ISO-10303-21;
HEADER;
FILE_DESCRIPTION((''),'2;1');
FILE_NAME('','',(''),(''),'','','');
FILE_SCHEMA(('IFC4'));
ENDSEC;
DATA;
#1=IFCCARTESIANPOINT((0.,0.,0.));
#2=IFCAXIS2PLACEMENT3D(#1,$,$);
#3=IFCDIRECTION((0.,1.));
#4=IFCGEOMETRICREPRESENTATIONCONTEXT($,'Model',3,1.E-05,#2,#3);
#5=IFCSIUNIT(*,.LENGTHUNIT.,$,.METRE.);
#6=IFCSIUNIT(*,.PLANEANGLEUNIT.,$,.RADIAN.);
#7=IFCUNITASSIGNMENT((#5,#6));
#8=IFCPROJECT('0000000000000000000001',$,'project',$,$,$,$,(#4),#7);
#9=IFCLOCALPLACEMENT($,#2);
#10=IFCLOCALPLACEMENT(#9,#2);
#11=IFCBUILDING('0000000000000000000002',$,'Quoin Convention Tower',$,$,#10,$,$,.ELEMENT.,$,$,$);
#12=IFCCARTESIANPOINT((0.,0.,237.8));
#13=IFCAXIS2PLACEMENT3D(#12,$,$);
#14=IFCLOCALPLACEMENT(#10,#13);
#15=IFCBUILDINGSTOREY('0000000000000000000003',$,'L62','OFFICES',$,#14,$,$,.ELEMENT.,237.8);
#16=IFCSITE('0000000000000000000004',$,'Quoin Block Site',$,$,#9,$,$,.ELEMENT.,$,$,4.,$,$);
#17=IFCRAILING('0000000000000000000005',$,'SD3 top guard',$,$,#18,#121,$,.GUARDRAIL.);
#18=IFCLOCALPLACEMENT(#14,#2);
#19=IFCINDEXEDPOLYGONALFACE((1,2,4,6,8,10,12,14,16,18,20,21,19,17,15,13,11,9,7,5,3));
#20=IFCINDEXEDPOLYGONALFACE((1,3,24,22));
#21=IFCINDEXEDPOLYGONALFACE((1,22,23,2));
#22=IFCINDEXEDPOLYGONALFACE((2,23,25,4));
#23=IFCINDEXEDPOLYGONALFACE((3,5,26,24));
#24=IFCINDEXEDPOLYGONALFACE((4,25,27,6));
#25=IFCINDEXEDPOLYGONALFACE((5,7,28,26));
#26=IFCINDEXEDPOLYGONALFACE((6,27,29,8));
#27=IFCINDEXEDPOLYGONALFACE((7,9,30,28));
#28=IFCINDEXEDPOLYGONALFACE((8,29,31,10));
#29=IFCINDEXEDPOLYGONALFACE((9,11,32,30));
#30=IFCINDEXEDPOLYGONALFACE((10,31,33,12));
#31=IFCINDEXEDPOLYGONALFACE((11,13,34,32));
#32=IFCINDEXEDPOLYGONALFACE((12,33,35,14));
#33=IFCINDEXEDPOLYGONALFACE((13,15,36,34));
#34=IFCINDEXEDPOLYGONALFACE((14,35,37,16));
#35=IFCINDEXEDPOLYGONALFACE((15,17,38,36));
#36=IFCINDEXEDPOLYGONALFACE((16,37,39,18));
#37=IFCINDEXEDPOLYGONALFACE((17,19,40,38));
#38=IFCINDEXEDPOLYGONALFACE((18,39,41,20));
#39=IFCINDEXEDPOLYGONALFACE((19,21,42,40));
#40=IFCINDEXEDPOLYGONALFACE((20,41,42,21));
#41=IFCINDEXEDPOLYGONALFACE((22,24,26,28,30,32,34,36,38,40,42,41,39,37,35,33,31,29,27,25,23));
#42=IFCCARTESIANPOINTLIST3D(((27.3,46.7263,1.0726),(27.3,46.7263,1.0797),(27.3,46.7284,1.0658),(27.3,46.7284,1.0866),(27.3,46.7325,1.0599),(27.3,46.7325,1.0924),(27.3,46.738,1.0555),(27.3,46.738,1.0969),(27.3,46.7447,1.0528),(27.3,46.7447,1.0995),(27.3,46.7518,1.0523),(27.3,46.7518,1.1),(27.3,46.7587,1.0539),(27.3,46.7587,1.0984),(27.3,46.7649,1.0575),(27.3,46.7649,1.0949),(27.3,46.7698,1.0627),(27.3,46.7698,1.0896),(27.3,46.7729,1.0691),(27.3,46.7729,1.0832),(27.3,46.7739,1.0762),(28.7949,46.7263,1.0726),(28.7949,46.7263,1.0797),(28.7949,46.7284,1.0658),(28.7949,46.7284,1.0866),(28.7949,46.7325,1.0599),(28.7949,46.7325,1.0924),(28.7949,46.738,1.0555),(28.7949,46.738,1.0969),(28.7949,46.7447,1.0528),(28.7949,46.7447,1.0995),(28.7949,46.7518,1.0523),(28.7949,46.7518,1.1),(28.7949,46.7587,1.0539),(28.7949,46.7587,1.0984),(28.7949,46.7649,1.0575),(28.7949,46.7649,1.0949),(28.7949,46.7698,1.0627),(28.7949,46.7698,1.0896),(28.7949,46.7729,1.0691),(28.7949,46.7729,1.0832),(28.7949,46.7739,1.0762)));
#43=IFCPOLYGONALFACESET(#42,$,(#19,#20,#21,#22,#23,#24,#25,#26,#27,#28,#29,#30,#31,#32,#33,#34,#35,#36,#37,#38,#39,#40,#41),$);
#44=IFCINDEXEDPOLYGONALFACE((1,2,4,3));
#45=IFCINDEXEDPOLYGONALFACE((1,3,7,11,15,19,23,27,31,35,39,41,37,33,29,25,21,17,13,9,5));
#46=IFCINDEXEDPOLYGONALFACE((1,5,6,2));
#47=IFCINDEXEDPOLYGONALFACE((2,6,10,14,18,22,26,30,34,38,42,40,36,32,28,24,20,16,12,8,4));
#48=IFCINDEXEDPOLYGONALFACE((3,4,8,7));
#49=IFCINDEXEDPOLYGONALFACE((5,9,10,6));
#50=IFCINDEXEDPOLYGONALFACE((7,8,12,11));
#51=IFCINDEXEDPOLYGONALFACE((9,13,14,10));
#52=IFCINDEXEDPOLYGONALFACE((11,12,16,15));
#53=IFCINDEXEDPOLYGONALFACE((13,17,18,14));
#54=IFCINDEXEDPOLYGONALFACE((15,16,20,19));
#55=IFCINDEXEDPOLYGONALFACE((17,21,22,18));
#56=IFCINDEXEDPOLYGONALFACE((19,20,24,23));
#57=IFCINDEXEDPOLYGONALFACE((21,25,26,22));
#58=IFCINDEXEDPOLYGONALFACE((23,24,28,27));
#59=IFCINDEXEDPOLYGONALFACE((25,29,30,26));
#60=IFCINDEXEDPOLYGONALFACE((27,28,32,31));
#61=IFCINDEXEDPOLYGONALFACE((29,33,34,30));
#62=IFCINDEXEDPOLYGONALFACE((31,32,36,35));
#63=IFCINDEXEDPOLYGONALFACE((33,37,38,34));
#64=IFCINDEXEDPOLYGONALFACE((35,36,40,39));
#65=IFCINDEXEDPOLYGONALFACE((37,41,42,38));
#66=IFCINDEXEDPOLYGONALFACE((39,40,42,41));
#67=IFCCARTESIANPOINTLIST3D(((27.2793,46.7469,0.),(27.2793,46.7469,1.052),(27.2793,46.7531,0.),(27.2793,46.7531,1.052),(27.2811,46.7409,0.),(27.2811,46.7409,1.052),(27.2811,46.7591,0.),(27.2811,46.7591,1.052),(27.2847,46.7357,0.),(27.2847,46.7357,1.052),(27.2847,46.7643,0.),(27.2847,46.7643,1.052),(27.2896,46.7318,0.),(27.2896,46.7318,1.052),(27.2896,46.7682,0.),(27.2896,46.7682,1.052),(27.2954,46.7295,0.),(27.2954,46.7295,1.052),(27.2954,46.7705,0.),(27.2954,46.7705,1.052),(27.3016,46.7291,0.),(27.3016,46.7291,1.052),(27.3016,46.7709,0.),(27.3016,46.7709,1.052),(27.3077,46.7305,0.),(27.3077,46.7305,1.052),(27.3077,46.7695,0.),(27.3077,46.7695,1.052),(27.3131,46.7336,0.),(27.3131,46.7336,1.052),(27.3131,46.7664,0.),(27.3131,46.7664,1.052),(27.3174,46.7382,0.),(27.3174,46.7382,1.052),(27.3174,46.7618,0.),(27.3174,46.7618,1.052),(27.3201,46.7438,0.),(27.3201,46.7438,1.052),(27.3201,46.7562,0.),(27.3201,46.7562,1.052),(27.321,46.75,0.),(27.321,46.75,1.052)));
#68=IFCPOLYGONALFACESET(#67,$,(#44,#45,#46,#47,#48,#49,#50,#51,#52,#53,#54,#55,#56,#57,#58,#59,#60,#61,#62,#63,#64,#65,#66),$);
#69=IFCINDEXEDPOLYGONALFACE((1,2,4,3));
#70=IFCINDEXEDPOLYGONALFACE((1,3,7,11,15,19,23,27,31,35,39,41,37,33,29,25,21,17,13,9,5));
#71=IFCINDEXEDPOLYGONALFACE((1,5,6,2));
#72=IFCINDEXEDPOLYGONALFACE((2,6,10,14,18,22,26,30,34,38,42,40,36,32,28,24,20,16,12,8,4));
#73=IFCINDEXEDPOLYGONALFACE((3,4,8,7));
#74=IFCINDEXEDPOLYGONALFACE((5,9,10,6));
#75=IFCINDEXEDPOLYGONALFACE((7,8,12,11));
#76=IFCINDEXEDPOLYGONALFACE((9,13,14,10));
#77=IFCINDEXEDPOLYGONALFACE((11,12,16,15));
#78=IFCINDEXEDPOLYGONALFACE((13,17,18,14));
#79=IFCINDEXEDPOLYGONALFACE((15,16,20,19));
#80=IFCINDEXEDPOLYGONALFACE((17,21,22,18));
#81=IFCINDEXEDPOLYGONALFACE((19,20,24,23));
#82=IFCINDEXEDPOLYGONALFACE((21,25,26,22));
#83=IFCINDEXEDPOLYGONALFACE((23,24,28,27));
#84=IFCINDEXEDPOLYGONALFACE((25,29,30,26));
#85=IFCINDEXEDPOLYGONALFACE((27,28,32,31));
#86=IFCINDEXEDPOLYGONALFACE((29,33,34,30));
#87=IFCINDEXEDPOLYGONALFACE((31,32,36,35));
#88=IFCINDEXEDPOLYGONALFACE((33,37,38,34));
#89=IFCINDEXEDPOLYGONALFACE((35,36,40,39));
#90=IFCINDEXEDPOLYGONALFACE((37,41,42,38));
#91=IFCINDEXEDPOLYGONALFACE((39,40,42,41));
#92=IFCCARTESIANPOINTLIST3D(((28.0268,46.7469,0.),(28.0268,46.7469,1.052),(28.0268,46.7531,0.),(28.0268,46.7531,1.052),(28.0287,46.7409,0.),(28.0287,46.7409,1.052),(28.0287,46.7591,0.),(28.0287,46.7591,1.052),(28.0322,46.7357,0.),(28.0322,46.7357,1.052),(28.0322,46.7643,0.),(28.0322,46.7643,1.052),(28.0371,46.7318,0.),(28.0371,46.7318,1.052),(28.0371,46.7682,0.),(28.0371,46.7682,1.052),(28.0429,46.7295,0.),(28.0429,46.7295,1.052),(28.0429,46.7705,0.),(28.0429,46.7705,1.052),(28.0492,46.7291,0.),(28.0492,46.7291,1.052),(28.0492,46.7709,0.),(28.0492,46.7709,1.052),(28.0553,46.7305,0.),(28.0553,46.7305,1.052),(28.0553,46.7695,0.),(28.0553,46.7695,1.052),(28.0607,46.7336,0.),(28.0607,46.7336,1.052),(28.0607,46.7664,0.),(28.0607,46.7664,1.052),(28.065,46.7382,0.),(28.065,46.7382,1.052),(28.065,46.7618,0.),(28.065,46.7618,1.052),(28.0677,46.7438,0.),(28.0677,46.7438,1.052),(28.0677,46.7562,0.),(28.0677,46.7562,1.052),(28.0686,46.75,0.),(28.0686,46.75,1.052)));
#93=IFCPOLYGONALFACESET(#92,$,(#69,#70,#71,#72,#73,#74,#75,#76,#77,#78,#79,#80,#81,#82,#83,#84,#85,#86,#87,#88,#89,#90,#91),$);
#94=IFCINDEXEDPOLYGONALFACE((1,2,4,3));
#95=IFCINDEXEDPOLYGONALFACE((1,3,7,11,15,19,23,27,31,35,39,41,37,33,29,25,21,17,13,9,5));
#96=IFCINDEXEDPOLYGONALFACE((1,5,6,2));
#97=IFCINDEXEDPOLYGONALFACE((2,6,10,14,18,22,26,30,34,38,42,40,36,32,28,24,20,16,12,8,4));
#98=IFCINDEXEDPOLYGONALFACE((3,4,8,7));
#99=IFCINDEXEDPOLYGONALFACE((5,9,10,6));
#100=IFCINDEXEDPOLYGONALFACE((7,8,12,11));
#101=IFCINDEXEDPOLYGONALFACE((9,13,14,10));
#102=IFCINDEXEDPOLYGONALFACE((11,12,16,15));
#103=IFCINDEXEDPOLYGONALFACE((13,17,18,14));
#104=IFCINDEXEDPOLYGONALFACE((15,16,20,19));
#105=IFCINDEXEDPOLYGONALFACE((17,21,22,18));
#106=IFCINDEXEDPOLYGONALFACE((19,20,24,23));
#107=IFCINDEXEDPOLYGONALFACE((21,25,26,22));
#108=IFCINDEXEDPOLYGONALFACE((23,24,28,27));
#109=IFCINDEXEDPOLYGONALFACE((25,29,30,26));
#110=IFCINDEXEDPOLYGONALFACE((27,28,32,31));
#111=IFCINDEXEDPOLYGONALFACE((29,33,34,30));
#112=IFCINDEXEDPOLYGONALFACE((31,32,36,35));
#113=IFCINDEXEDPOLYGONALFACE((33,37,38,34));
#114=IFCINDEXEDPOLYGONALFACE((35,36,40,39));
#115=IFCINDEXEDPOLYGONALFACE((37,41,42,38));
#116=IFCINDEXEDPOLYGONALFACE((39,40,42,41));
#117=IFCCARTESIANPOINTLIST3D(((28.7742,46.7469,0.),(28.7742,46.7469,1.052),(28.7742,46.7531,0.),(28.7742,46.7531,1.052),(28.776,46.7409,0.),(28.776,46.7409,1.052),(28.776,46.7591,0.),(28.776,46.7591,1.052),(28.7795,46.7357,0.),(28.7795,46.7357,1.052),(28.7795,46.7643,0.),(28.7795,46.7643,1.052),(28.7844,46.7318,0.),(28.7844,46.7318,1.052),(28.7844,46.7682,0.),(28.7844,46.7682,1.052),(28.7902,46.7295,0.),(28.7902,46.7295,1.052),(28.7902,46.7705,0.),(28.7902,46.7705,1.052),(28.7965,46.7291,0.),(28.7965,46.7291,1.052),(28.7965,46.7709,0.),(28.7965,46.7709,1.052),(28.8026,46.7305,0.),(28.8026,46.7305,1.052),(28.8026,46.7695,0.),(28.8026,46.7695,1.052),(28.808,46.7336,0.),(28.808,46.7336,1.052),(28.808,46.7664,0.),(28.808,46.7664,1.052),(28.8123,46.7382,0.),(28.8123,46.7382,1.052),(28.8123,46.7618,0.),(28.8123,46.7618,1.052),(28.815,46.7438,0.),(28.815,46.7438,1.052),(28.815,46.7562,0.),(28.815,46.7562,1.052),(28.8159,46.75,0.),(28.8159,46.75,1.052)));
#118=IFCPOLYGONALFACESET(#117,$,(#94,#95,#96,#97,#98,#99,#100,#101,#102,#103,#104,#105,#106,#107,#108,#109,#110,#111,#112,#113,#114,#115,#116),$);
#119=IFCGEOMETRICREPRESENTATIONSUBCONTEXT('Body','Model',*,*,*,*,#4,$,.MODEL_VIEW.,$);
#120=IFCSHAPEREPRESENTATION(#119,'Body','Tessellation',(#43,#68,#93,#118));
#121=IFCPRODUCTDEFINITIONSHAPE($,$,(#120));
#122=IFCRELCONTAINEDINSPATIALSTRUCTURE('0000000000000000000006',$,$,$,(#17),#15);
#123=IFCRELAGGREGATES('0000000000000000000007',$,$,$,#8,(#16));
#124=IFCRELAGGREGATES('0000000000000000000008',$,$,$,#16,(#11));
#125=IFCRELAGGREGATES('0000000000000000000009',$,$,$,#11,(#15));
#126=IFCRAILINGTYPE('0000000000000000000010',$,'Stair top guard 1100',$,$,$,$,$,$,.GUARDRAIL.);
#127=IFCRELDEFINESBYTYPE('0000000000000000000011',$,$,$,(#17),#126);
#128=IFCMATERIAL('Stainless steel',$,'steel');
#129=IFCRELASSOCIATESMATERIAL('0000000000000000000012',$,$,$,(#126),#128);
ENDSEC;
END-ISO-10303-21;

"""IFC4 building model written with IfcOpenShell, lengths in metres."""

from ifc_helpers import new_model, si_unit, direction, frame, origin, origin_2d, place, context, subcontext, project, spatial, circle, extrude, material, type_object, element, save


model = new_model("IFC4")

# Units and contexts
model_context = context("Model", 3, precision=1e-05, world=origin(), true_north=direction((0.0, 1.0)))
body_context = subcontext(model_context, "Body", "Model", "MODEL_VIEW")
ifc_project = project(units=[si_unit("LENGTHUNIT", "METRE"), si_unit("PLANEANGLEUNIT", "RADIAN")], contexts=[model_context])

# Site, building, storey
site_placement = place(None, origin())
site = spatial("IfcSite", under=ifc_project, at=site_placement, Name="Quoin Block Site", CompositionType="ELEMENT", RefElevation=4.0)
building_placement = place(site_placement, origin())
building = spatial("IfcBuilding", under=site, at=building_placement, Name="Quoin Convention Tower", CompositionType="ELEMENT")
storey_placement = place(building_placement, frame((0.0, 0.0, 237.8)))
storey = spatial("IfcBuildingStorey", under=building, at=storey_placement, Name="L62", Description="OFFICES", CompositionType="ELEMENT", Elevation=237.8)

# Railing
ifc_material_1 = material(Name="Stainless steel", Category="steel")
railing_type_1 = type_object("IfcRailingType", Name="Stair top guard 1100", PredefinedType="GUARDRAIL", material=ifc_material_1)
railing_1_placement = place(storey_placement, frame((27.3, 46.75, 0.0)))
element("IfcRailing", 1, at=railing_1_placement, inside=storey, type_object=railing_type_1, Name="SD3 top guard", PredefinedType="GUARDRAIL", context=body_context, shape_type="SweptSolid", body=[
    extrude(circle(Radius=0.0239, at=origin_2d()), frame((0.0, 0.0, 1.0762), z_axis=(1.0, 0.0, 0.0), x_axis=(0.0, 1.0, 0.0)), (0.0, 0.0, 1.0), 1.4949),
    extrude(circle(Radius=0.021, at=origin_2d()), origin(), (0.0, 0.0, 1.0), 1.052),
    extrude(circle(Radius=0.021, at=origin_2d()), frame((0.7476, 0.0, 0.0)), (0.0, 0.0, 1.0), 1.052),
    extrude(circle(Radius=0.021, at=origin_2d()), frame((1.4949, 0.0, 0.0)), (0.0, 0.0, 1.0), 1.052),
])

save(model, "model.ifc")
